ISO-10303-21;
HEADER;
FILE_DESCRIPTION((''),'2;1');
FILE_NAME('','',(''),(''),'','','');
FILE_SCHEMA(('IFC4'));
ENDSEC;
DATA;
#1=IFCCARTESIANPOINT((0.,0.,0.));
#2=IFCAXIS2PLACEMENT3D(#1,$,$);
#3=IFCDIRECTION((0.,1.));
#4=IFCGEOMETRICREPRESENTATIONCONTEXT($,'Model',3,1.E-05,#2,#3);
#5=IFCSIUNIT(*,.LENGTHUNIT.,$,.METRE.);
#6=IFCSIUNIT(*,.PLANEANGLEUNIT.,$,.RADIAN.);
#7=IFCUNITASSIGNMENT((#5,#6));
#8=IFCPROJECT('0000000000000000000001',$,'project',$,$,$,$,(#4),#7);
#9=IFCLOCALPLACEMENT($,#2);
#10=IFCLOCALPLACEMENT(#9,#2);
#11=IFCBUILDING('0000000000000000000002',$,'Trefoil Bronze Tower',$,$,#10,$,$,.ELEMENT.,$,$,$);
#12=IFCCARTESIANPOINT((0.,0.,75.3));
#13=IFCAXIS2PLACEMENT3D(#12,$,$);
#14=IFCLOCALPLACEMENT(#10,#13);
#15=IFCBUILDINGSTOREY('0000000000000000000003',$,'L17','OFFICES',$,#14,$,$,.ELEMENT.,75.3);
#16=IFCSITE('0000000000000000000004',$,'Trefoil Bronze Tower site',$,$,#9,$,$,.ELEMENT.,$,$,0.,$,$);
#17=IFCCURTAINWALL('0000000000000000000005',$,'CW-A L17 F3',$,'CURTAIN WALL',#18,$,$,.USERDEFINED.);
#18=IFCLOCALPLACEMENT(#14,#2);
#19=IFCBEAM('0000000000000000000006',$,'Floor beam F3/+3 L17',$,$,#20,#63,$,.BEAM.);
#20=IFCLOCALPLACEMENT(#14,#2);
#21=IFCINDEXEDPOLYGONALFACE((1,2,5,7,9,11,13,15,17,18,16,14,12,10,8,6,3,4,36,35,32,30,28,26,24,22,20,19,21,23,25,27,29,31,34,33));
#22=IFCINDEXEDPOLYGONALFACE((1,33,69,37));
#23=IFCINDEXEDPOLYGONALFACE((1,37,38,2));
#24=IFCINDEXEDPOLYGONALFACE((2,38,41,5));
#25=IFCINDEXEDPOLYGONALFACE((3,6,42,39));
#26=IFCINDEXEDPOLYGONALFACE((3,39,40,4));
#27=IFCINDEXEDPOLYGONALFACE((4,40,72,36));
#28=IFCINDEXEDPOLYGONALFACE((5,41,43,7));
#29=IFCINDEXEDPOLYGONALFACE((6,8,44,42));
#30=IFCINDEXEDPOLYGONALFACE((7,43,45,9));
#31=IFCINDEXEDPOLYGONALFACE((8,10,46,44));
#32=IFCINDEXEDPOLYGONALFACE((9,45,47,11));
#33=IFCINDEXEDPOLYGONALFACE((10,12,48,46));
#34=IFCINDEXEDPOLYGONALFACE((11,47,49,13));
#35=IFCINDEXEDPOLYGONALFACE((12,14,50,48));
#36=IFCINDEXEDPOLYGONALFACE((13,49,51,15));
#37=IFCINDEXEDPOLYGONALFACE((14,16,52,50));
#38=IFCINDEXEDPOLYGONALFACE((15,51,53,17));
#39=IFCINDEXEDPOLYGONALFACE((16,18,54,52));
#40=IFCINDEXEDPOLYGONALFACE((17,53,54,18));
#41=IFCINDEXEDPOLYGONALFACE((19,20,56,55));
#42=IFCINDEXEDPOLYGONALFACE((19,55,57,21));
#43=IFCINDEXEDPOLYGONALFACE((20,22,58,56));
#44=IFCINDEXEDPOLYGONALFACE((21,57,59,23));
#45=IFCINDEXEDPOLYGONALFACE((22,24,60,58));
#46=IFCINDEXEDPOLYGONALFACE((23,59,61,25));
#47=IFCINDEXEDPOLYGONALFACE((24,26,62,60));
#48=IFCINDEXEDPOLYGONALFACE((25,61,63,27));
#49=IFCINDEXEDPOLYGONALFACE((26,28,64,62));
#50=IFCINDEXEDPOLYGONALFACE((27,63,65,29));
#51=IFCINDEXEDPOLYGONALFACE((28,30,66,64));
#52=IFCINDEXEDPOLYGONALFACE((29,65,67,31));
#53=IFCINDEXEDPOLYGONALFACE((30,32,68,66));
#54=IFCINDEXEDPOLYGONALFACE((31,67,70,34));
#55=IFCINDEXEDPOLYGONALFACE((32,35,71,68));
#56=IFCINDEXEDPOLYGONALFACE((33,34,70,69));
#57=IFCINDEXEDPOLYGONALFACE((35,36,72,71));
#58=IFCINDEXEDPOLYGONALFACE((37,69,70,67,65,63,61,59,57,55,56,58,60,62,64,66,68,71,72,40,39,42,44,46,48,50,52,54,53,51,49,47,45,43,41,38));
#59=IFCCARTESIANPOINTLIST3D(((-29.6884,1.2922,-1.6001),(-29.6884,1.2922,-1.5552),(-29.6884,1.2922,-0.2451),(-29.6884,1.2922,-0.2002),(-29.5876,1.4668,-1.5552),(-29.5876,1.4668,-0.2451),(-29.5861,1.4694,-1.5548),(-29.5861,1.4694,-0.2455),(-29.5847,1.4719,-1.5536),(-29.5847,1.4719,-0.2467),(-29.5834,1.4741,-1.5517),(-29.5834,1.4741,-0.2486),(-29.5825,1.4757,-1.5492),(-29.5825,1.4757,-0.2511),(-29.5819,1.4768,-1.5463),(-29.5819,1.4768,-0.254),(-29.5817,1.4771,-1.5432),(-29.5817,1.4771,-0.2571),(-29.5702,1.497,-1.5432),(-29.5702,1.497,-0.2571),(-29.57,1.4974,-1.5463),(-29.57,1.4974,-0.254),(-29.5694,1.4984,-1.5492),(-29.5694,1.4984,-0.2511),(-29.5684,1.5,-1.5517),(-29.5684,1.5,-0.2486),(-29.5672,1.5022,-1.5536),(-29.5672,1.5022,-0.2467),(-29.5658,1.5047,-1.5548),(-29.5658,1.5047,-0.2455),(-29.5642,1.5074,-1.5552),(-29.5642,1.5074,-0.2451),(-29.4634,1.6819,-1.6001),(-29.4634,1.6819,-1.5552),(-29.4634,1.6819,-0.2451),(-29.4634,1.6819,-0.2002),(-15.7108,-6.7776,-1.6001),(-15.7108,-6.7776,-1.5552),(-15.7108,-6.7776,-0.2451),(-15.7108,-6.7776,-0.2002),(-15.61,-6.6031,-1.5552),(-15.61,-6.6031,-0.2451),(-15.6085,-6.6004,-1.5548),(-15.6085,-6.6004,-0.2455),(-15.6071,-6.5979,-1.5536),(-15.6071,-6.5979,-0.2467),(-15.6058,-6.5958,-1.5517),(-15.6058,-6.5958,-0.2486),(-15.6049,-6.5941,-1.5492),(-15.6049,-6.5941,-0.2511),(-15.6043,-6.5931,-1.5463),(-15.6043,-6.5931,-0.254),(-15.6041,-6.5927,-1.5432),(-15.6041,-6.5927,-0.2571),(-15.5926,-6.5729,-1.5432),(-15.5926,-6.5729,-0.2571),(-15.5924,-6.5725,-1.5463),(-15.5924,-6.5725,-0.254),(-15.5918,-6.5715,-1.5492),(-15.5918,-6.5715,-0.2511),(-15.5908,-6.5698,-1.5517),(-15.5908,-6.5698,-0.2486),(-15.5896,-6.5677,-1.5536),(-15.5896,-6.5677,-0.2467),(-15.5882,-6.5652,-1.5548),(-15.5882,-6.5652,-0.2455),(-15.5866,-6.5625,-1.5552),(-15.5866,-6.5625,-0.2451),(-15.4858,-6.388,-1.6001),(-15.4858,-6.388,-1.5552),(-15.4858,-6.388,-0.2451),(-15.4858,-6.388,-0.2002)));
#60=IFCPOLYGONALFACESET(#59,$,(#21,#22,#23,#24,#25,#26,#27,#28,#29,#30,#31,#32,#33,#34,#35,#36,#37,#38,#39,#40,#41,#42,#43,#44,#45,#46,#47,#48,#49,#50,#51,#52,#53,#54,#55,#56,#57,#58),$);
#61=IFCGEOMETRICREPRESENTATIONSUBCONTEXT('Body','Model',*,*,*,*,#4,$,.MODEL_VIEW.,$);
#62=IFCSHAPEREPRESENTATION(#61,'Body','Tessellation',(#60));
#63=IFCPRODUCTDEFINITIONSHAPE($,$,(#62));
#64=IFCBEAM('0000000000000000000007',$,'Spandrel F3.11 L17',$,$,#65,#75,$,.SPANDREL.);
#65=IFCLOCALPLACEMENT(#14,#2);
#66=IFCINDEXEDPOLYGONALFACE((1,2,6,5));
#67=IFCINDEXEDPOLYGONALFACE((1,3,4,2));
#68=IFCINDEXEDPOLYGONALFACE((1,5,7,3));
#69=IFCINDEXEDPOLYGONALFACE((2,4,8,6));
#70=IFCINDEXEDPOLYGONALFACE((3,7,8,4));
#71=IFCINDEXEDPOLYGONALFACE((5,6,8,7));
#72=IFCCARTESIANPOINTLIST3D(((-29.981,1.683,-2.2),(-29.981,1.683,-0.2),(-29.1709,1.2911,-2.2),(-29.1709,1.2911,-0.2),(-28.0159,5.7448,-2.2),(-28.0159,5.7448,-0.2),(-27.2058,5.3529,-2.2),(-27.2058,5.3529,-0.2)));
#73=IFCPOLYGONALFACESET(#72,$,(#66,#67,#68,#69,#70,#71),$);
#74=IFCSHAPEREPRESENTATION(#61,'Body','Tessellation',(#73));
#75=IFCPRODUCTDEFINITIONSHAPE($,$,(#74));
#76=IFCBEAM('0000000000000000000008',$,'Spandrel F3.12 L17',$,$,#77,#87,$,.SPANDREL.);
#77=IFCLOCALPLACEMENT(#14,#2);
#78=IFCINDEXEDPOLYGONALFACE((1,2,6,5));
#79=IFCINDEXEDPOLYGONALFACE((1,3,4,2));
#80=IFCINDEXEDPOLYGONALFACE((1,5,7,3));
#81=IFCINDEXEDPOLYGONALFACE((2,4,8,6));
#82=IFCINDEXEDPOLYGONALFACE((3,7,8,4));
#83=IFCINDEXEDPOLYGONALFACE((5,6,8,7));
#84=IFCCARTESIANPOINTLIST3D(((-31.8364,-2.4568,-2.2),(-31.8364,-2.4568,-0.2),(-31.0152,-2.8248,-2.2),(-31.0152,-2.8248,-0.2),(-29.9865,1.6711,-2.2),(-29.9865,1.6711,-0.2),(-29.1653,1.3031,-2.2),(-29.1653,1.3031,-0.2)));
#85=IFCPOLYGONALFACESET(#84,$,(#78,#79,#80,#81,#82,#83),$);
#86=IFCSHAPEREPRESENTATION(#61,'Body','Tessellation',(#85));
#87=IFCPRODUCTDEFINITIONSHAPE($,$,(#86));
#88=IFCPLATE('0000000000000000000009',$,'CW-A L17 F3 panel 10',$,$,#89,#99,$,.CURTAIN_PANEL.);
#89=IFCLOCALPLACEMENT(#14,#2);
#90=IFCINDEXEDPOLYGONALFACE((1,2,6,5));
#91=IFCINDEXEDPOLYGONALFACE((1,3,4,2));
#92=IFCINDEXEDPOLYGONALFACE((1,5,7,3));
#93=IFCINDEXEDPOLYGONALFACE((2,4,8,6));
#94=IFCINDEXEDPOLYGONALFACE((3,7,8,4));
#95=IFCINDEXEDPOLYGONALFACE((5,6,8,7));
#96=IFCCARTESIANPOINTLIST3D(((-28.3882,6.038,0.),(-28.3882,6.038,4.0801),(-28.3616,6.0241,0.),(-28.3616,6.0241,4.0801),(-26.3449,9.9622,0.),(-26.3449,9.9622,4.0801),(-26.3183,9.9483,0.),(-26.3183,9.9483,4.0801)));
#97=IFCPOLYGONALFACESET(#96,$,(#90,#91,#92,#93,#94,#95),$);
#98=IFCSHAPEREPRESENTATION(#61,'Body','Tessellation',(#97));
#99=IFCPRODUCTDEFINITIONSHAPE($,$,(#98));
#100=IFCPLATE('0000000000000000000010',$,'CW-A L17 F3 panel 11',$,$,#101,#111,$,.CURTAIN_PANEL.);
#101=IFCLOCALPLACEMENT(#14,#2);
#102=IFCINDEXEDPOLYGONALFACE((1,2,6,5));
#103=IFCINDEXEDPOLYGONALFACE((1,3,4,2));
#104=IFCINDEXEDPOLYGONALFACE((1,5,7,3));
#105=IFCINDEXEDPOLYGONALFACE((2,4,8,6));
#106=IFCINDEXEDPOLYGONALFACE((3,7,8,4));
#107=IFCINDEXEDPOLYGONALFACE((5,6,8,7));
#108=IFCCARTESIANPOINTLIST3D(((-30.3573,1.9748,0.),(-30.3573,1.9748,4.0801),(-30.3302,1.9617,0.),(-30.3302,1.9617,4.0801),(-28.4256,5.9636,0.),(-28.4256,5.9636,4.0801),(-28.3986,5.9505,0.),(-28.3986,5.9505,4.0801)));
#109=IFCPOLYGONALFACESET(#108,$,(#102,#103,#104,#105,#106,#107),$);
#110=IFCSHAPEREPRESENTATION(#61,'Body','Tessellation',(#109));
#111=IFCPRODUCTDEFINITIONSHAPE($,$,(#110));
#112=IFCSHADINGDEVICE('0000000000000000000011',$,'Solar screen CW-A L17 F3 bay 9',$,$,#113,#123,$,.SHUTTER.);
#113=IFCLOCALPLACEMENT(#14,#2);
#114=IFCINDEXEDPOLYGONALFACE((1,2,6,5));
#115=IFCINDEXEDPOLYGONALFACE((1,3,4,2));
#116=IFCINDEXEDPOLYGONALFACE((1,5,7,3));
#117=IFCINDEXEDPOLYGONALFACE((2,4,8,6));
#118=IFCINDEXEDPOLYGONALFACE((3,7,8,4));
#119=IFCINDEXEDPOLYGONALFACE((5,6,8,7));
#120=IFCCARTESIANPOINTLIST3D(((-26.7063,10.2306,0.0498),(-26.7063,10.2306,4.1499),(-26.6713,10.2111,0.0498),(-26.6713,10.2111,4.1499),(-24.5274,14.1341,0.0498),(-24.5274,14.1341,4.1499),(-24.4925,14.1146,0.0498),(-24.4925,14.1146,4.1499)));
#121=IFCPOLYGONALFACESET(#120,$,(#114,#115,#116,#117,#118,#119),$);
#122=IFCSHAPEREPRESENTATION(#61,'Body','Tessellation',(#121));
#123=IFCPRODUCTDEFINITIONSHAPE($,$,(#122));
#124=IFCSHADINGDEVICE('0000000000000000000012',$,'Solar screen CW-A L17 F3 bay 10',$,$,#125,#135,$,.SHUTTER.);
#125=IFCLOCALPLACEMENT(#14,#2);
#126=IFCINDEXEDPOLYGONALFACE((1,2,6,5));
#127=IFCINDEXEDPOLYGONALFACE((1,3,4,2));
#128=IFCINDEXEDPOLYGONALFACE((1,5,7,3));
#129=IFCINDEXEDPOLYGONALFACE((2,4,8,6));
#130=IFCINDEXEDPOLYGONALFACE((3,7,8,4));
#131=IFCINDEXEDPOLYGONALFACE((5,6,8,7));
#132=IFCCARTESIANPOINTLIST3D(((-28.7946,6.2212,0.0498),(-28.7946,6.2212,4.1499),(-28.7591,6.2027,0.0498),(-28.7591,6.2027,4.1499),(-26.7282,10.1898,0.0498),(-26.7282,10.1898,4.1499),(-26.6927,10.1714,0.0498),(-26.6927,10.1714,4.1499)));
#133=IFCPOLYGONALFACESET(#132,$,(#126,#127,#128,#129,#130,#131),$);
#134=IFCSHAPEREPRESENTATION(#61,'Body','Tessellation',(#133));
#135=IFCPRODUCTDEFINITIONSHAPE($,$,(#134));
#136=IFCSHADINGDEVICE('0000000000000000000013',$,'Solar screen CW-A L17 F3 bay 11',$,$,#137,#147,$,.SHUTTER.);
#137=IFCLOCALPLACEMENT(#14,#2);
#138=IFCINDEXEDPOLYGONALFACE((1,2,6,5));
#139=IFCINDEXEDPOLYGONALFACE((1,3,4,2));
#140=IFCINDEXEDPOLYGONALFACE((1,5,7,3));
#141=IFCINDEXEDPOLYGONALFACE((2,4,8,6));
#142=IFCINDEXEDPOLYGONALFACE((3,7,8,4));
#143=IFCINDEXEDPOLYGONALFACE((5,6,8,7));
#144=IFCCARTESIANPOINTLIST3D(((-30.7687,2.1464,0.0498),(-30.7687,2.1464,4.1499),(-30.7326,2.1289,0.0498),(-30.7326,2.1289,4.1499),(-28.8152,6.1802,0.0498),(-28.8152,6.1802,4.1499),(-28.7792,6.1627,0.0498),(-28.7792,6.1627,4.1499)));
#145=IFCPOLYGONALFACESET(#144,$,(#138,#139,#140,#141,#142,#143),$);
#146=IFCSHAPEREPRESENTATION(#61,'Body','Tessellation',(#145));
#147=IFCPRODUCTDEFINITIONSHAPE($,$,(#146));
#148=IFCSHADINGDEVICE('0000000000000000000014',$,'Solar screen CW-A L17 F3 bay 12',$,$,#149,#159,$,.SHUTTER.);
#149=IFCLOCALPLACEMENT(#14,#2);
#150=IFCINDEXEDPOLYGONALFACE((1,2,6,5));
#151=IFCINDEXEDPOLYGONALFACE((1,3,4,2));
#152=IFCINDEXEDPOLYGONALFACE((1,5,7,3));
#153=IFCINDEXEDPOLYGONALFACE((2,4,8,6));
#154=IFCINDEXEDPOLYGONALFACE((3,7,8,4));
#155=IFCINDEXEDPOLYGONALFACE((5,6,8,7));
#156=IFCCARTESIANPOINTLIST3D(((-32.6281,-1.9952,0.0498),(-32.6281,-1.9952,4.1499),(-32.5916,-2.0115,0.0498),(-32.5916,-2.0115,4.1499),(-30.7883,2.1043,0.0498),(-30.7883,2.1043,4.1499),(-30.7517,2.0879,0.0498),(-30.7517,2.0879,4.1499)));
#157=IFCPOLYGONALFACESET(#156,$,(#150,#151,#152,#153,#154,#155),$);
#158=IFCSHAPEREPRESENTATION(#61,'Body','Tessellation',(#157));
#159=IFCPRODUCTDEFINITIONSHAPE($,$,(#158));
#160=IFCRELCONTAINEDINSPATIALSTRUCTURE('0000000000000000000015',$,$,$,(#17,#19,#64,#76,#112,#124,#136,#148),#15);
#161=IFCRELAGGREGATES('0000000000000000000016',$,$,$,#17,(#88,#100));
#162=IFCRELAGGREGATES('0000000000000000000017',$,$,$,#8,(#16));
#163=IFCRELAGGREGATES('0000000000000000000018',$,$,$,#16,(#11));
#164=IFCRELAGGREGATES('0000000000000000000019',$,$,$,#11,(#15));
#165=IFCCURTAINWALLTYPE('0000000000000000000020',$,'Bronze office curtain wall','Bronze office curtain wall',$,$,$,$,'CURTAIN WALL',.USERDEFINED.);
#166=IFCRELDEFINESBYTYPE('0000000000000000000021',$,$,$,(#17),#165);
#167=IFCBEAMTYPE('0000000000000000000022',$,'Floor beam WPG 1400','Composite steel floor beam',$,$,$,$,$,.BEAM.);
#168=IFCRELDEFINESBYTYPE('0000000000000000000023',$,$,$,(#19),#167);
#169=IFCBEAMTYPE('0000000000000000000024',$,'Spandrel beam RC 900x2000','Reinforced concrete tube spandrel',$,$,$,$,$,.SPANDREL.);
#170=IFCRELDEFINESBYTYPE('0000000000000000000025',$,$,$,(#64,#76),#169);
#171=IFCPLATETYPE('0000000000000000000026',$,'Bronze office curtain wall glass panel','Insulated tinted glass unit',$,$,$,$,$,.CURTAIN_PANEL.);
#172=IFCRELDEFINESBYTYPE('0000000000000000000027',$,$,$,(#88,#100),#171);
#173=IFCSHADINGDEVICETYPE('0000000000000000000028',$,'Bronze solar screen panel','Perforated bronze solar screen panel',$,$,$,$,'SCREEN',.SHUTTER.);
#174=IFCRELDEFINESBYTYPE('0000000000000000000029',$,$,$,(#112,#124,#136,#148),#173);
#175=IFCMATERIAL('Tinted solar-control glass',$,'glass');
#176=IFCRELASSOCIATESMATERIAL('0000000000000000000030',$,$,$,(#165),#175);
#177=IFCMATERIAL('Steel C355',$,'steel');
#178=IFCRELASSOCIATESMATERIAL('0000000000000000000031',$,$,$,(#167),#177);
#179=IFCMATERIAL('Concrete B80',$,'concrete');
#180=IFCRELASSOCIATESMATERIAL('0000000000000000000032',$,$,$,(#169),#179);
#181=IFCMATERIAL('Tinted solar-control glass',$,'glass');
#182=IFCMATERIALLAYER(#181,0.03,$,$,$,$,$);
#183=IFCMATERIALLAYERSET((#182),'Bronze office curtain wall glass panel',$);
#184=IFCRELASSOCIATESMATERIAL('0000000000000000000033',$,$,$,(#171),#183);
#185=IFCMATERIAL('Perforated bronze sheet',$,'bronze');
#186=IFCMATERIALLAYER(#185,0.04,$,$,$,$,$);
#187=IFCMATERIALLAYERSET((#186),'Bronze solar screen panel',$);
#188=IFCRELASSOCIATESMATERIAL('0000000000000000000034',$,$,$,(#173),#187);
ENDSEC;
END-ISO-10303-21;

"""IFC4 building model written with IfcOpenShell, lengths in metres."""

from ifc_helpers import new_model, si_unit, direction, frame, origin, origin_2d, place, context, subcontext, project, spatial, rectangle, i_section, extrude, material, layer, layer_set, material_profile, profile_set, type_object, element, aggregate, save


model = new_model("IFC4")

# Units and contexts
model_context = context("Model", 3, precision=1e-05, world=origin(), true_north=direction((0.0, 1.0)))
body_context = subcontext(model_context, "Body", "Model", "MODEL_VIEW")
ifc_project = project(units=[si_unit("LENGTHUNIT", "METRE"), si_unit("PLANEANGLEUNIT", "RADIAN")], contexts=[model_context])

# Site, building, storey
site_placement = place(None, origin())
site = spatial("IfcSite", under=ifc_project, at=site_placement, Name="Trefoil Bronze Tower site", CompositionType="ELEMENT", RefElevation=0.0)
building_placement = place(site_placement, origin())
building = spatial("IfcBuilding", under=site, at=building_placement, Name="Trefoil Bronze Tower", CompositionType="ELEMENT")
storey_placement = place(building_placement, frame((0.0, 0.0, 75.3)))
storey = spatial("IfcBuildingStorey", under=building, at=storey_placement, Name="L17", Description="OFFICES", CompositionType="ELEMENT", Elevation=75.3)

# Curtain wall
ifc_material_1 = material(Name="Tinted solar-control glass", Category="glass")
curtain_wall_type = type_object("IfcCurtainWallType", Name="Bronze office curtain wall", Description="Bronze office curtain wall", ElementType="CURTAIN WALL", PredefinedType="USERDEFINED", material=ifc_material_1)
curtain_wall_placement = place(storey_placement, origin())
curtain_wall = element("IfcCurtainWall", 1, at=curtain_wall_placement, inside=storey, type_object=curtain_wall_type, Name="CW-A L17 F3", ObjectType="CURTAIN WALL", PredefinedType="USERDEFINED")

# Beams
ifc_material_2 = material(Name="Steel C355", Category="steel")
ifc_material_profile_1 = material_profile(ifc_material_2, i_section(OverallWidth=0.45, OverallDepth=1.3999, WebThickness=0.0229, FlangeThickness=0.0449, FilletRadius=0.012, at=origin_2d()), Name="WPG 1400")
ifc_profile_set_1 = profile_set([ifc_material_profile_1], Name="Steel C355")
beam_type_1 = type_object("IfcBeamType", Name="Floor beam WPG 1400", Description="Composite steel floor beam", PredefinedType="BEAM", material=ifc_profile_set_1)
beam_1_placement = place(storey_placement, frame((-29.5759, 1.4871, -0.9001), z_axis=(0.866028, -0.499995, 0.0), x_axis=(0.499995, 0.866028, 0.0)))
element("IfcBeam", 2, at=beam_1_placement, inside=storey, type_object=beam_type_1, Name="Floor beam F3/+3 L17", PredefinedType="BEAM", context=body_context, shape_type="SweptSolid", body=[
    extrude(i_section(OverallWidth=0.45, OverallDepth=1.3999, WebThickness=0.0229, FlangeThickness=0.0449, FilletRadius=0.012, at=origin_2d()), origin(), (0.0, 0.0, 1.0), 16.1399),
])
ifc_material_3 = material(Name="Concrete B80", Category="concrete")
ifc_material_profile_2 = material_profile(ifc_material_3, rectangle(XDim=0.8999, YDim=2.0, at=origin_2d()), Name="RC 900x2000")
ifc_profile_set_2 = profile_set([ifc_material_profile_2], Name="Concrete B80")
beam_type_2 = type_object("IfcBeamType", Name="Spandrel beam RC 900x2000", Description="Reinforced concrete tube spandrel", PredefinedType="SPANDREL", material=ifc_profile_set_2)
beam_2_placement = place(storey_placement, frame((-27.6108, 5.5488, -1.2), z_axis=(-0.43551, -0.900184, 0.0), x_axis=(0.900184, -0.43551, 0.0)))
element("IfcBeam", 3, at=beam_2_placement, inside=storey, type_object=beam_type_2, Name="Spandrel F3.11 L17", PredefinedType="SPANDREL", context=body_context, shape_type="SweptSolid", body=[
    extrude(rectangle(XDim=0.8999, YDim=2.0, at=origin_2d()), origin(), (0.0, 0.0, 1.0), 4.5122),
])
beam_3_placement = place(storey_placement, frame((-29.5759, 1.4871, -1.2), z_axis=(-0.408946, -0.912559, 0.0), x_axis=(0.912559, -0.408946, 0.0)))
element("IfcBeam", 4, at=beam_3_placement, inside=storey, type_object=beam_type_2, Name="Spandrel F3.12 L17", PredefinedType="SPANDREL", context=body_context, shape_type="SweptSolid", body=[
    extrude(rectangle(XDim=0.8999, YDim=2.0, at=origin_2d()), origin(), (0.0, 0.0, 1.0), 4.5234),
])

# Plates
ifc_material_4 = material(Name="Tinted solar-control glass", Category="glass")
ifc_layer_1 = layer(ifc_material_4, 0.03)
ifc_layer_set_1 = layer_set([ifc_layer_1], Name="Bronze office curtain wall glass panel")
plate_type = type_object("IfcPlateType", Name="Bronze office curtain wall glass panel", Description="Insulated tinted glass unit", PredefinedType="CURTAIN_PANEL", material=ifc_layer_set_1)
plate_1_placement = place(storey_placement, frame((-27.3533, 7.9932, 0.0), z_axis=(0.0, 0.0, 1.0), x_axis=(-0.46183, -0.886969, 0.0)))
plate_1 = element("IfcPlate", 5, at=plate_1_placement, type_object=plate_type, Name="CW-A L17 F3 panel 10", PredefinedType="CURTAIN_PANEL", context=body_context, shape_type="SweptSolid", body=[
    extrude(rectangle(XDim=4.4243, YDim=0.03, at=origin_2d()), origin(), (0.0, 0.0, 1.0), 4.0801),
])
plate_2_placement = place(storey_placement, frame((-29.3779, 3.9626, 0.0), z_axis=(0.0, 0.0, 1.0), x_axis=(-0.435855, -0.900017, 0.0)))
plate_2 = element("IfcPlate", 6, at=plate_2_placement, type_object=plate_type, Name="CW-A L17 F3 panel 11", PredefinedType="CURTAIN_PANEL", context=body_context, shape_type="SweptSolid", body=[
    extrude(rectangle(XDim=4.4319, YDim=0.03, at=origin_2d()), origin(), (0.0, 0.0, 1.0), 4.0801),
])
aggregate(curtain_wall, [plate_1, plate_2])

# Shading devices
ifc_material_5 = material(Name="Perforated bronze sheet", Category="bronze")
ifc_layer_2 = layer(ifc_material_5, 0.04)
ifc_layer_set_2 = layer_set([ifc_layer_2], Name="Bronze solar screen panel")
shading_device_type = type_object("IfcShadingDeviceType", Name="Bronze solar screen panel", Description="Perforated bronze solar screen panel", ElementType="SCREEN", PredefinedType="SHUTTER", material=ifc_layer_set_2)
shading_device_1_placement = place(storey_placement, frame((-25.5994, 12.1726, 0.0498), z_axis=(0.0, 0.0, 1.0), x_axis=(-0.487382, -0.873189, 0.0)))
element("IfcShadingDevice", 7, at=shading_device_1_placement, inside=storey, type_object=shading_device_type, Name="Solar screen CW-A L17 F3 bay 9", PredefinedType="SHUTTER", context=body_context, shape_type="SweptSolid", body=[
    extrude(rectangle(XDim=4.4705, YDim=0.04, at=origin_2d()), origin(), (0.0, 0.0, 1.0), 4.1001),
])
shading_device_2_placement = place(storey_placement, frame((-27.7437, 8.1963, 0.0498), z_axis=(0.0, 0.0, 1.0), x_axis=(-0.46183, -0.886969, 0.0)))
element("IfcShadingDevice", 8, at=shading_device_2_placement, inside=storey, type_object=shading_device_type, Name="Solar screen CW-A L17 F3 bay 10", PredefinedType="SHUTTER", context=body_context, shape_type="SweptSolid", body=[
    extrude(rectangle(XDim=4.4744, YDim=0.04, at=origin_2d()), origin(), (0.0, 0.0, 1.0), 4.1001),
])
shading_device_3_placement = place(storey_placement, frame((-29.7739, 4.1545, 0.0498), z_axis=(0.0, 0.0, 1.0), x_axis=(-0.435855, -0.900017, 0.0)))
element("IfcShadingDevice", 9, at=shading_device_3_placement, inside=storey, type_object=shading_device_type, Name="Solar screen CW-A L17 F3 bay 11", PredefinedType="SHUTTER", context=body_context, shape_type="SweptSolid", body=[
    extrude(rectangle(XDim=4.4819, YDim=0.04, at=origin_2d()), origin(), (0.0, 0.0, 1.0), 4.1001),
])
shading_device_4_placement = place(storey_placement, frame((-31.6899, 0.0464, 0.0498), z_axis=(0.0, 0.0, 1.0), x_axis=(-0.409456, -0.91233, 0.0)))
element("IfcShadingDevice", 10, at=shading_device_4_placement, inside=storey, type_object=shading_device_type, Name="Solar screen CW-A L17 F3 bay 12", PredefinedType="SHUTTER", context=body_context, shape_type="SweptSolid", body=[
    extrude(rectangle(XDim=4.4934, YDim=0.04, at=origin_2d()), origin(), (0.0, 0.0, 1.0), 4.1001),
])

save(model, "model.ifc")
